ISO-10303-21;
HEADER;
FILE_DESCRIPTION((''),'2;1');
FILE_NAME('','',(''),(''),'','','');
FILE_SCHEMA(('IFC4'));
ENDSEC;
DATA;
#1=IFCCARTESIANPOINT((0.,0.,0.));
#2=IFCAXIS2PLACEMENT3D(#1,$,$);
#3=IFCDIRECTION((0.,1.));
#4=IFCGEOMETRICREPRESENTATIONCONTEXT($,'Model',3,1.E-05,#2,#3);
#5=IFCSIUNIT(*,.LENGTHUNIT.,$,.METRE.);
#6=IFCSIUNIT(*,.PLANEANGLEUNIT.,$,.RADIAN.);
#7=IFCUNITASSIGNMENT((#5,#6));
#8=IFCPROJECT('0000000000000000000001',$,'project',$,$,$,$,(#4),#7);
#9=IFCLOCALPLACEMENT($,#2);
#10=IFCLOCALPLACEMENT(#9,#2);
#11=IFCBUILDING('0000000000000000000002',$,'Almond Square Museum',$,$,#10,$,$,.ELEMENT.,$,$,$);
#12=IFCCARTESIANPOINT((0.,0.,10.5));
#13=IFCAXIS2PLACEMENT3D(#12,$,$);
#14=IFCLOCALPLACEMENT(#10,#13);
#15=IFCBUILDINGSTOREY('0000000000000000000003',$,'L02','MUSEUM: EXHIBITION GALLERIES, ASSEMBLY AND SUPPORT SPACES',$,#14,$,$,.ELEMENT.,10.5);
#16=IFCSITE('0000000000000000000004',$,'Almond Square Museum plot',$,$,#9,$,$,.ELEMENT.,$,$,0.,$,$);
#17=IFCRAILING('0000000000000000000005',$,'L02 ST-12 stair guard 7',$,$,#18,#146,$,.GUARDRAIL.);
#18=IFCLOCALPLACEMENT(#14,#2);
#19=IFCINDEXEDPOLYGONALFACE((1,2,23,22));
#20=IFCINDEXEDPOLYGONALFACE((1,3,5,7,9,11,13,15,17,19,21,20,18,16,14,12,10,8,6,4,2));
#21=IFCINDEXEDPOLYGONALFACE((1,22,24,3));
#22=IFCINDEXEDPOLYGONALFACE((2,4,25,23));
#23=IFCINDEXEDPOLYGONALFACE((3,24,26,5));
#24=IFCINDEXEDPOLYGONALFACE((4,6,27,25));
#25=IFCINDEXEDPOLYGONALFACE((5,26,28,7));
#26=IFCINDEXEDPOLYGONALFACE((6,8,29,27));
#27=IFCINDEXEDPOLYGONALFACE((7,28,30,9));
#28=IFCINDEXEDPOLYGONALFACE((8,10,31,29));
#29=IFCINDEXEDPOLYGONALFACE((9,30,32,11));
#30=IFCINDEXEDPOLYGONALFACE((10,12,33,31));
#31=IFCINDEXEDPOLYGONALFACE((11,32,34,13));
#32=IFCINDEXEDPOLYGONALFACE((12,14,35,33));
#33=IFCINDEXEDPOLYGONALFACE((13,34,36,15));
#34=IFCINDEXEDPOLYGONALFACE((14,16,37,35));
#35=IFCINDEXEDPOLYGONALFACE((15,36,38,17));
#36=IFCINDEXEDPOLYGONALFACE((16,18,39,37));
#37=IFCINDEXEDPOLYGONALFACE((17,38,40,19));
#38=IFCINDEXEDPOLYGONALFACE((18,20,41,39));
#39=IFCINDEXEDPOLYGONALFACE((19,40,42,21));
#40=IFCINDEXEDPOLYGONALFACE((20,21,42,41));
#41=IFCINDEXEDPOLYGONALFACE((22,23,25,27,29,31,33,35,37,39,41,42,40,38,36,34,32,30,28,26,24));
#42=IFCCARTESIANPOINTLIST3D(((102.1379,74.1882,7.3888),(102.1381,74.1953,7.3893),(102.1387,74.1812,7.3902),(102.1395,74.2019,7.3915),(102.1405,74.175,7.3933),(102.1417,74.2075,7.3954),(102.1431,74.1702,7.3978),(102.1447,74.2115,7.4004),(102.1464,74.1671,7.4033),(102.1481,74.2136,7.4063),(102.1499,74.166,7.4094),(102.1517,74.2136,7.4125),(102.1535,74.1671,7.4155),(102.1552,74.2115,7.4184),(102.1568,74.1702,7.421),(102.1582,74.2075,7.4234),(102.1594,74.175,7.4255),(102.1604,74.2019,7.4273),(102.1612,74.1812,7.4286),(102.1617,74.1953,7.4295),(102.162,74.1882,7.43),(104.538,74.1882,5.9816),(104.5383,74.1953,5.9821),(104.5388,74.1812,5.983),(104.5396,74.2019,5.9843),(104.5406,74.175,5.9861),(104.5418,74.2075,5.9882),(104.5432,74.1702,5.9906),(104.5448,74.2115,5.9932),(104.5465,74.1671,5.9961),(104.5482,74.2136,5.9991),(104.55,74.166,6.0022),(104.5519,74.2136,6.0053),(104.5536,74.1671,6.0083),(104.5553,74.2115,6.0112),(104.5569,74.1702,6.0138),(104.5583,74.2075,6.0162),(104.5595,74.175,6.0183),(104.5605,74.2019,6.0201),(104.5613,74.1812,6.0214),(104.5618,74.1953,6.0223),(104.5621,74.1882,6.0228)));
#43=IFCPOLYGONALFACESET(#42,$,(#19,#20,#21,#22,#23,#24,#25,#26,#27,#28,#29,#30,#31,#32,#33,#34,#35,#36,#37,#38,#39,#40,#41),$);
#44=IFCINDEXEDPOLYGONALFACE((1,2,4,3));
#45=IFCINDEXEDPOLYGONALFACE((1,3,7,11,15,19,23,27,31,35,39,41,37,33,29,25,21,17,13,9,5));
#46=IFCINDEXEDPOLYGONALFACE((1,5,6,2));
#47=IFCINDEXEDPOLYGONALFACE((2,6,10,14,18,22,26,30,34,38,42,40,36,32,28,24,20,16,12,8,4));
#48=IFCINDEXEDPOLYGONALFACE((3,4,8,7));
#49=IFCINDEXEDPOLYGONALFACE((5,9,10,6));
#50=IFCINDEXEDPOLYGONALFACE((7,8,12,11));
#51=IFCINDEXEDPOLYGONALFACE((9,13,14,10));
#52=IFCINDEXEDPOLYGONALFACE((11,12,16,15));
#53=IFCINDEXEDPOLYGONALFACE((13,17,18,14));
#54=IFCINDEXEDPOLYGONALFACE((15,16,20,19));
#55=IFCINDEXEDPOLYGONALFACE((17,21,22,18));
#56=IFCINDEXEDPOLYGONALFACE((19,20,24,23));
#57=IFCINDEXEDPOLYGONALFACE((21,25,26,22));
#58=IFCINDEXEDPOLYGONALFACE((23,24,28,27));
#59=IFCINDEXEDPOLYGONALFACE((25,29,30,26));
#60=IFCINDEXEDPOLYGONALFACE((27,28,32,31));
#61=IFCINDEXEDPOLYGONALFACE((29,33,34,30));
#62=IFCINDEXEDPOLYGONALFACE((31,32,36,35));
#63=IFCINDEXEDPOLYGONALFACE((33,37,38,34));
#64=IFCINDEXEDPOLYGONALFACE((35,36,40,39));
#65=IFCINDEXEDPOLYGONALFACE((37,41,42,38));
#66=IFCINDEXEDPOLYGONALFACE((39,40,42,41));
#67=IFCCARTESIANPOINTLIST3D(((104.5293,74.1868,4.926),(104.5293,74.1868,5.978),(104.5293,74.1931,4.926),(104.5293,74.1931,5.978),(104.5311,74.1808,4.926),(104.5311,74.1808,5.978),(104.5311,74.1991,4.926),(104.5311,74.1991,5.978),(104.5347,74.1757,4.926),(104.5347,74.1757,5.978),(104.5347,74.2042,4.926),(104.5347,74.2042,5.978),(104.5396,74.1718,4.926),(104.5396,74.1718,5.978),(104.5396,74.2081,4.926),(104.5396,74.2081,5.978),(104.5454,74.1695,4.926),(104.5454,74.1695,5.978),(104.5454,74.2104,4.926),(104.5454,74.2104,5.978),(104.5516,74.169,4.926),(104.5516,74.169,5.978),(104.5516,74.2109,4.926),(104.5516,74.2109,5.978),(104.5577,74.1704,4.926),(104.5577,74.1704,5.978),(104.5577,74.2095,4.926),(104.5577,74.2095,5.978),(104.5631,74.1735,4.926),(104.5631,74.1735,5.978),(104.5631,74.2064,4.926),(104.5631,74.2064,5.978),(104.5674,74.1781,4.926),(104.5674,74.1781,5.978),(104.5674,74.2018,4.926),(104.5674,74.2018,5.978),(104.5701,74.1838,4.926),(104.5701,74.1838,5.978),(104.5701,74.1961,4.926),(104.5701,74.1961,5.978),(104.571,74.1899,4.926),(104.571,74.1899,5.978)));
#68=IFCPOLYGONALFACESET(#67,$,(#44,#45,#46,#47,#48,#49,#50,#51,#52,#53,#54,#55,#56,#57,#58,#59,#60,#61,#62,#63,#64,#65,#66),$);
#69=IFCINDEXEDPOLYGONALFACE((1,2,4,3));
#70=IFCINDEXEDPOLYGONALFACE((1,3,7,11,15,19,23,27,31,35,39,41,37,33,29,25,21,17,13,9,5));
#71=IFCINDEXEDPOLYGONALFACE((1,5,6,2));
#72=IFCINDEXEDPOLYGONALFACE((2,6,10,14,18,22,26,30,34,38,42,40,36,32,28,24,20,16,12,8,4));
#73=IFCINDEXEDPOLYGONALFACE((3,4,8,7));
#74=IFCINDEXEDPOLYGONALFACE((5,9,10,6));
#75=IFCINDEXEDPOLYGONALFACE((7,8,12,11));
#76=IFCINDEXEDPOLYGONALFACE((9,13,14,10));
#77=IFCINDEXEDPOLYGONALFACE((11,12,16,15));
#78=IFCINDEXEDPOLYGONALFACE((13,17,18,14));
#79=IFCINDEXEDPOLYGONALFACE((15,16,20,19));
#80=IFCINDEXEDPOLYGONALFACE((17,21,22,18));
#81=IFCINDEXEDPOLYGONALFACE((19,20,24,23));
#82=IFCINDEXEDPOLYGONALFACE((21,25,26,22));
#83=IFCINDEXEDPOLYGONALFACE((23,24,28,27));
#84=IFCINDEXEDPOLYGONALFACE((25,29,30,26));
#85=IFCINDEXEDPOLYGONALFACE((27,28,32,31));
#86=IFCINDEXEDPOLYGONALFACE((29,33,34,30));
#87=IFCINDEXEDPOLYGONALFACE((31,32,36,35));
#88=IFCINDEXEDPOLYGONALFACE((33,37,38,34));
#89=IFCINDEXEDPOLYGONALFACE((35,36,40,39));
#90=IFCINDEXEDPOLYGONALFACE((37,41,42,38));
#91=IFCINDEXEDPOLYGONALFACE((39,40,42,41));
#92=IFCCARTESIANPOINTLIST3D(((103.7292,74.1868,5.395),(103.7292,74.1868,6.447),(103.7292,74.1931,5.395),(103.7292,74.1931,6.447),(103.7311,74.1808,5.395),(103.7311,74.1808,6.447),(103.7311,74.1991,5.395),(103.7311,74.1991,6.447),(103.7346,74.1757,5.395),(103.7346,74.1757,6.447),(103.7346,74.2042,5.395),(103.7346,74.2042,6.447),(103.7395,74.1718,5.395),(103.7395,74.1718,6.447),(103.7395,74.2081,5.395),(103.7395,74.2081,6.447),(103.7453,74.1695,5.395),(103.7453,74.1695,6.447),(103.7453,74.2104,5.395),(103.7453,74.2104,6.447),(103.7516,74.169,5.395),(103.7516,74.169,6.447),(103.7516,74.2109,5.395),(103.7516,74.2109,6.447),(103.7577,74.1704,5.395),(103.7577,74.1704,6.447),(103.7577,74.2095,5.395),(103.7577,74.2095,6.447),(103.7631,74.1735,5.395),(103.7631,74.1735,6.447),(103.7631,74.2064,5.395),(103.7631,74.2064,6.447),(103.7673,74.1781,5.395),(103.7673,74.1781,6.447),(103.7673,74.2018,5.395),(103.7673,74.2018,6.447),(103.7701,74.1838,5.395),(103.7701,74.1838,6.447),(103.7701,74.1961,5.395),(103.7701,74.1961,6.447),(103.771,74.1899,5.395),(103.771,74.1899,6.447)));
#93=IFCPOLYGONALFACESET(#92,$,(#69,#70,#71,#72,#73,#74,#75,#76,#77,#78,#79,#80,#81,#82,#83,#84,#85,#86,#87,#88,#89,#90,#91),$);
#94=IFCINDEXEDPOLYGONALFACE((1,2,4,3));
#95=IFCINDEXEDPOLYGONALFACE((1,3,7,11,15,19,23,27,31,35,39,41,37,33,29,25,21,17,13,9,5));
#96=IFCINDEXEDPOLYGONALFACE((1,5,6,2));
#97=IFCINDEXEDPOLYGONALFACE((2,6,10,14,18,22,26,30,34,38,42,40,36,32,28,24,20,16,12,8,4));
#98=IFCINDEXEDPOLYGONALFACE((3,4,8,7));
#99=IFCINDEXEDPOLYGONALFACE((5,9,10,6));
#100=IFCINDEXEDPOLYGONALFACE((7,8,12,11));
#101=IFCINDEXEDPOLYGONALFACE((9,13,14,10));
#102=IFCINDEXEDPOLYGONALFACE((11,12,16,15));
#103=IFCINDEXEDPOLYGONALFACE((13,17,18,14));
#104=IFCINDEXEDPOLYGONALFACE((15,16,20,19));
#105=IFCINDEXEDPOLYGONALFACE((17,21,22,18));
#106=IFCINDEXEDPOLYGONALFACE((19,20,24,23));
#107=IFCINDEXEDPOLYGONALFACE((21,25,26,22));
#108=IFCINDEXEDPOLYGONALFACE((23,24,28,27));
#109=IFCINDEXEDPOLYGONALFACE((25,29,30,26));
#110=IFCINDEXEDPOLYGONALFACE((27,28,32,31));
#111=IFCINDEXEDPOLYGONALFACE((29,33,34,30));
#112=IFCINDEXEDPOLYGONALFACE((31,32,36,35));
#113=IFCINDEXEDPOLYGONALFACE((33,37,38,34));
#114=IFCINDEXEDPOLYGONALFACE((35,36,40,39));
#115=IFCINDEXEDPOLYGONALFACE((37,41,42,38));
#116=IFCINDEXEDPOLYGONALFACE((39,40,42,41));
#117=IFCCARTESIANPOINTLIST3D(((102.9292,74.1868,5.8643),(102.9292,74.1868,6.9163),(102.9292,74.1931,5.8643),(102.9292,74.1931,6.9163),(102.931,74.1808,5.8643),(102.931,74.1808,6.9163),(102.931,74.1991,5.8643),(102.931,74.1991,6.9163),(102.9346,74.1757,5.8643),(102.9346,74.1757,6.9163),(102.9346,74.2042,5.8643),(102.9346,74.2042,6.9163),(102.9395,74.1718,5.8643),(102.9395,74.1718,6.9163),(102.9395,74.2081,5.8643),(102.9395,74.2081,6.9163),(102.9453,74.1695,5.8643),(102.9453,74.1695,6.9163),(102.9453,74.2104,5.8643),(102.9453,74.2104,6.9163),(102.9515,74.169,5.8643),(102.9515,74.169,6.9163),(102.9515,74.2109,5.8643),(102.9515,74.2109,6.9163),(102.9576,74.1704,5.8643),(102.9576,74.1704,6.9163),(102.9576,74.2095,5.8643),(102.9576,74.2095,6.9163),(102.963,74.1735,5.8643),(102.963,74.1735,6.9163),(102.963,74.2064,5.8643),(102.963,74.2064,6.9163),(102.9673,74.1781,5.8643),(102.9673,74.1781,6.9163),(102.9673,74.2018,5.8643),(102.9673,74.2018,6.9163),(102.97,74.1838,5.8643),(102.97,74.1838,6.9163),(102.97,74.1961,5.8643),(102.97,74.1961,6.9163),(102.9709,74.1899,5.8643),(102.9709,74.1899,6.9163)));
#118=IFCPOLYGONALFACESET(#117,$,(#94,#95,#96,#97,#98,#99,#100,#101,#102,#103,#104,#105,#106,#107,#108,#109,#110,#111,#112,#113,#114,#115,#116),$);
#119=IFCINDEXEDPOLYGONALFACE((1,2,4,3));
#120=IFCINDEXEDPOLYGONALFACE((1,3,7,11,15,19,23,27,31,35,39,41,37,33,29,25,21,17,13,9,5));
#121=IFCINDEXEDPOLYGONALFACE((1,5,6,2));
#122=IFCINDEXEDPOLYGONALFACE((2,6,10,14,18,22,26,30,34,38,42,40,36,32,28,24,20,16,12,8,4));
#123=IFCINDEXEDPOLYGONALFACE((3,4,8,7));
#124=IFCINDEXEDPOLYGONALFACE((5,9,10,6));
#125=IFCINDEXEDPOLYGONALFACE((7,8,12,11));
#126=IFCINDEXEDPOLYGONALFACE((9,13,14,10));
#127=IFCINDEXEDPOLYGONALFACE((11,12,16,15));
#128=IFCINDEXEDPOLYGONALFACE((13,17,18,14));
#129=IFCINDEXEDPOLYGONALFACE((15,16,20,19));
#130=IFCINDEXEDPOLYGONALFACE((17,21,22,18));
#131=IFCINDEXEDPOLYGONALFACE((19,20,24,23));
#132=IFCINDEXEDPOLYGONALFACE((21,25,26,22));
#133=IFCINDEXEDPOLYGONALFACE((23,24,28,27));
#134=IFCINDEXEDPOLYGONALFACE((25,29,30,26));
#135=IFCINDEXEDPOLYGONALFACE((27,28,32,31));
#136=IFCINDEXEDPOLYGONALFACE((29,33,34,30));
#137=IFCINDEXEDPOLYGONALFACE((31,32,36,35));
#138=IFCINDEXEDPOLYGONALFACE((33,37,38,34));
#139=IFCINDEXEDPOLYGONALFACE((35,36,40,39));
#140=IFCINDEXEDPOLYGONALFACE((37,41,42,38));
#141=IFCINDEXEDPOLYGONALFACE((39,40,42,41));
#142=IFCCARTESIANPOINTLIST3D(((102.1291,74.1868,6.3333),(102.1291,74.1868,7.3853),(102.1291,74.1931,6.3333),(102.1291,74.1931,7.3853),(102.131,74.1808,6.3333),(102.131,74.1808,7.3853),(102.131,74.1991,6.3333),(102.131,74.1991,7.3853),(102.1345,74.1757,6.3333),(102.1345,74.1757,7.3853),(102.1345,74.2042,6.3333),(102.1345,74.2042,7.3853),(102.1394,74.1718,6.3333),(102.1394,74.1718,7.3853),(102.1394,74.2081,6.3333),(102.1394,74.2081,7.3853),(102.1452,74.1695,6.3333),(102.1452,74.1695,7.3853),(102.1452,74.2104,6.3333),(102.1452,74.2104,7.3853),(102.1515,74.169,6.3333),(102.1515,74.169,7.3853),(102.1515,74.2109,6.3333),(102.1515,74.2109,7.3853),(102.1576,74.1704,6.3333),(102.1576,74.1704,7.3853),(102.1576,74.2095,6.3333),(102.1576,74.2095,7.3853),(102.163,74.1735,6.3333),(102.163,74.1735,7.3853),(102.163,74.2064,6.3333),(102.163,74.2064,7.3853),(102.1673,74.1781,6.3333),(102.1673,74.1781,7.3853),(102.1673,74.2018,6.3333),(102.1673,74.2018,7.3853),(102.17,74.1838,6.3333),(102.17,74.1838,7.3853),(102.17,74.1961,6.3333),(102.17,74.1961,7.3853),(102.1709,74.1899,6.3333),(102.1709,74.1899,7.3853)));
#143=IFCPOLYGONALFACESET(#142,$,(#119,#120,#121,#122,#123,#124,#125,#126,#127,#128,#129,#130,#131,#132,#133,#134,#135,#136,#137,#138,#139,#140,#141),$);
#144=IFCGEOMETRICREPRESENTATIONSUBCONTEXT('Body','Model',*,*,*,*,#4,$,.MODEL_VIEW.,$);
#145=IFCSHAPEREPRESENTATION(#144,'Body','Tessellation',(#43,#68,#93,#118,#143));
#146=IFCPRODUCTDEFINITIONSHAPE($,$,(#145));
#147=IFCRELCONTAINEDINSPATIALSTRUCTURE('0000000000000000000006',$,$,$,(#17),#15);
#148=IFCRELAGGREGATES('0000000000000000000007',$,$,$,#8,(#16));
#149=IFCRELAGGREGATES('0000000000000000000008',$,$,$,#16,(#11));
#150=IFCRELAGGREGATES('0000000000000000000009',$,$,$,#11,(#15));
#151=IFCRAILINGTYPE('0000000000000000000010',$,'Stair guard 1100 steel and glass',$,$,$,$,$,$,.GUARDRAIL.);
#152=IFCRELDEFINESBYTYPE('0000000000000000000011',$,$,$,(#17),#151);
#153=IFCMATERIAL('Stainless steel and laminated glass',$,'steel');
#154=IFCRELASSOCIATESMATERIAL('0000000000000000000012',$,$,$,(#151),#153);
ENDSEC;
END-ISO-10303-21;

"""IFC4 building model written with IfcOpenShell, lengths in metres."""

from ifc_helpers import new_model, si_unit, direction, frame, origin, origin_2d, place, context, subcontext, project, spatial, circle, extrude, material, type_object, element, save


model = new_model("IFC4")

# Units and contexts
model_context = context("Model", 3, precision=1e-05, world=origin(), true_north=direction((0.0, 1.0)))
body_context = subcontext(model_context, "Body", "Model", "MODEL_VIEW")
ifc_project = project(units=[si_unit("LENGTHUNIT", "METRE"), si_unit("PLANEANGLEUNIT", "RADIAN")], contexts=[model_context])

# Site, building, storey
site_placement = place(None, origin())
site = spatial("IfcSite", under=ifc_project, at=site_placement, Name="Almond Square Museum plot", CompositionType="ELEMENT", RefElevation=0.0)
building_placement = place(site_placement, origin())
building = spatial("IfcBuilding", under=site, at=building_placement, Name="Almond Square Museum", CompositionType="ELEMENT")
storey_placement = place(building_placement, frame((0.0, 0.0, 10.5)))
storey = spatial("IfcBuildingStorey", under=building, at=storey_placement, Name="L02", Description="MUSEUM: EXHIBITION GALLERIES, ASSEMBLY AND SUPPORT SPACES", CompositionType="ELEMENT", Elevation=10.5)

# Railing
ifc_material_1 = material(Name="Stainless steel and laminated glass", Category="steel")
railing_type_1 = type_object("IfcRailingType", Name="Stair guard 1100 steel and glass", PredefinedType="GUARDRAIL", material=ifc_material_1)
railing_1_placement = place(storey_placement, frame((104.55, 74.1899, 4.926)))
element("IfcRailing", 1, at=railing_1_placement, inside=storey, type_object=railing_type_1, Name="L02 ST-12 stair guard 7", PredefinedType="GUARDRAIL", context=body_context, shape_type="SweptSolid", body=[
    extrude(circle(Radius=0.0239, at=origin_2d()), frame((0.0, 0.0, 1.0762), z_axis=(-0.86266, 0.0, 0.505785), x_axis=(0.0, -1.0, 0.0)), (0.0, 0.0, 1.0), 2.7822),
    extrude(circle(Radius=0.021, at=origin_2d()), origin(), (0.0, 0.0, 1.0), 1.052),
    extrude(circle(Radius=0.021, at=origin_2d()), frame((-0.8, 0.0, 0.469)), (0.0, 0.0, 1.0), 1.052),
    extrude(circle(Radius=0.021, at=origin_2d()), frame((-1.6001, 0.0, 0.9382)), (0.0, 0.0, 1.0), 1.052),
    extrude(circle(Radius=0.021, at=origin_2d()), frame((-2.4001, 0.0, 1.4072)), (0.0, 0.0, 1.0), 1.052),
])

save(model, "model.ifc")
